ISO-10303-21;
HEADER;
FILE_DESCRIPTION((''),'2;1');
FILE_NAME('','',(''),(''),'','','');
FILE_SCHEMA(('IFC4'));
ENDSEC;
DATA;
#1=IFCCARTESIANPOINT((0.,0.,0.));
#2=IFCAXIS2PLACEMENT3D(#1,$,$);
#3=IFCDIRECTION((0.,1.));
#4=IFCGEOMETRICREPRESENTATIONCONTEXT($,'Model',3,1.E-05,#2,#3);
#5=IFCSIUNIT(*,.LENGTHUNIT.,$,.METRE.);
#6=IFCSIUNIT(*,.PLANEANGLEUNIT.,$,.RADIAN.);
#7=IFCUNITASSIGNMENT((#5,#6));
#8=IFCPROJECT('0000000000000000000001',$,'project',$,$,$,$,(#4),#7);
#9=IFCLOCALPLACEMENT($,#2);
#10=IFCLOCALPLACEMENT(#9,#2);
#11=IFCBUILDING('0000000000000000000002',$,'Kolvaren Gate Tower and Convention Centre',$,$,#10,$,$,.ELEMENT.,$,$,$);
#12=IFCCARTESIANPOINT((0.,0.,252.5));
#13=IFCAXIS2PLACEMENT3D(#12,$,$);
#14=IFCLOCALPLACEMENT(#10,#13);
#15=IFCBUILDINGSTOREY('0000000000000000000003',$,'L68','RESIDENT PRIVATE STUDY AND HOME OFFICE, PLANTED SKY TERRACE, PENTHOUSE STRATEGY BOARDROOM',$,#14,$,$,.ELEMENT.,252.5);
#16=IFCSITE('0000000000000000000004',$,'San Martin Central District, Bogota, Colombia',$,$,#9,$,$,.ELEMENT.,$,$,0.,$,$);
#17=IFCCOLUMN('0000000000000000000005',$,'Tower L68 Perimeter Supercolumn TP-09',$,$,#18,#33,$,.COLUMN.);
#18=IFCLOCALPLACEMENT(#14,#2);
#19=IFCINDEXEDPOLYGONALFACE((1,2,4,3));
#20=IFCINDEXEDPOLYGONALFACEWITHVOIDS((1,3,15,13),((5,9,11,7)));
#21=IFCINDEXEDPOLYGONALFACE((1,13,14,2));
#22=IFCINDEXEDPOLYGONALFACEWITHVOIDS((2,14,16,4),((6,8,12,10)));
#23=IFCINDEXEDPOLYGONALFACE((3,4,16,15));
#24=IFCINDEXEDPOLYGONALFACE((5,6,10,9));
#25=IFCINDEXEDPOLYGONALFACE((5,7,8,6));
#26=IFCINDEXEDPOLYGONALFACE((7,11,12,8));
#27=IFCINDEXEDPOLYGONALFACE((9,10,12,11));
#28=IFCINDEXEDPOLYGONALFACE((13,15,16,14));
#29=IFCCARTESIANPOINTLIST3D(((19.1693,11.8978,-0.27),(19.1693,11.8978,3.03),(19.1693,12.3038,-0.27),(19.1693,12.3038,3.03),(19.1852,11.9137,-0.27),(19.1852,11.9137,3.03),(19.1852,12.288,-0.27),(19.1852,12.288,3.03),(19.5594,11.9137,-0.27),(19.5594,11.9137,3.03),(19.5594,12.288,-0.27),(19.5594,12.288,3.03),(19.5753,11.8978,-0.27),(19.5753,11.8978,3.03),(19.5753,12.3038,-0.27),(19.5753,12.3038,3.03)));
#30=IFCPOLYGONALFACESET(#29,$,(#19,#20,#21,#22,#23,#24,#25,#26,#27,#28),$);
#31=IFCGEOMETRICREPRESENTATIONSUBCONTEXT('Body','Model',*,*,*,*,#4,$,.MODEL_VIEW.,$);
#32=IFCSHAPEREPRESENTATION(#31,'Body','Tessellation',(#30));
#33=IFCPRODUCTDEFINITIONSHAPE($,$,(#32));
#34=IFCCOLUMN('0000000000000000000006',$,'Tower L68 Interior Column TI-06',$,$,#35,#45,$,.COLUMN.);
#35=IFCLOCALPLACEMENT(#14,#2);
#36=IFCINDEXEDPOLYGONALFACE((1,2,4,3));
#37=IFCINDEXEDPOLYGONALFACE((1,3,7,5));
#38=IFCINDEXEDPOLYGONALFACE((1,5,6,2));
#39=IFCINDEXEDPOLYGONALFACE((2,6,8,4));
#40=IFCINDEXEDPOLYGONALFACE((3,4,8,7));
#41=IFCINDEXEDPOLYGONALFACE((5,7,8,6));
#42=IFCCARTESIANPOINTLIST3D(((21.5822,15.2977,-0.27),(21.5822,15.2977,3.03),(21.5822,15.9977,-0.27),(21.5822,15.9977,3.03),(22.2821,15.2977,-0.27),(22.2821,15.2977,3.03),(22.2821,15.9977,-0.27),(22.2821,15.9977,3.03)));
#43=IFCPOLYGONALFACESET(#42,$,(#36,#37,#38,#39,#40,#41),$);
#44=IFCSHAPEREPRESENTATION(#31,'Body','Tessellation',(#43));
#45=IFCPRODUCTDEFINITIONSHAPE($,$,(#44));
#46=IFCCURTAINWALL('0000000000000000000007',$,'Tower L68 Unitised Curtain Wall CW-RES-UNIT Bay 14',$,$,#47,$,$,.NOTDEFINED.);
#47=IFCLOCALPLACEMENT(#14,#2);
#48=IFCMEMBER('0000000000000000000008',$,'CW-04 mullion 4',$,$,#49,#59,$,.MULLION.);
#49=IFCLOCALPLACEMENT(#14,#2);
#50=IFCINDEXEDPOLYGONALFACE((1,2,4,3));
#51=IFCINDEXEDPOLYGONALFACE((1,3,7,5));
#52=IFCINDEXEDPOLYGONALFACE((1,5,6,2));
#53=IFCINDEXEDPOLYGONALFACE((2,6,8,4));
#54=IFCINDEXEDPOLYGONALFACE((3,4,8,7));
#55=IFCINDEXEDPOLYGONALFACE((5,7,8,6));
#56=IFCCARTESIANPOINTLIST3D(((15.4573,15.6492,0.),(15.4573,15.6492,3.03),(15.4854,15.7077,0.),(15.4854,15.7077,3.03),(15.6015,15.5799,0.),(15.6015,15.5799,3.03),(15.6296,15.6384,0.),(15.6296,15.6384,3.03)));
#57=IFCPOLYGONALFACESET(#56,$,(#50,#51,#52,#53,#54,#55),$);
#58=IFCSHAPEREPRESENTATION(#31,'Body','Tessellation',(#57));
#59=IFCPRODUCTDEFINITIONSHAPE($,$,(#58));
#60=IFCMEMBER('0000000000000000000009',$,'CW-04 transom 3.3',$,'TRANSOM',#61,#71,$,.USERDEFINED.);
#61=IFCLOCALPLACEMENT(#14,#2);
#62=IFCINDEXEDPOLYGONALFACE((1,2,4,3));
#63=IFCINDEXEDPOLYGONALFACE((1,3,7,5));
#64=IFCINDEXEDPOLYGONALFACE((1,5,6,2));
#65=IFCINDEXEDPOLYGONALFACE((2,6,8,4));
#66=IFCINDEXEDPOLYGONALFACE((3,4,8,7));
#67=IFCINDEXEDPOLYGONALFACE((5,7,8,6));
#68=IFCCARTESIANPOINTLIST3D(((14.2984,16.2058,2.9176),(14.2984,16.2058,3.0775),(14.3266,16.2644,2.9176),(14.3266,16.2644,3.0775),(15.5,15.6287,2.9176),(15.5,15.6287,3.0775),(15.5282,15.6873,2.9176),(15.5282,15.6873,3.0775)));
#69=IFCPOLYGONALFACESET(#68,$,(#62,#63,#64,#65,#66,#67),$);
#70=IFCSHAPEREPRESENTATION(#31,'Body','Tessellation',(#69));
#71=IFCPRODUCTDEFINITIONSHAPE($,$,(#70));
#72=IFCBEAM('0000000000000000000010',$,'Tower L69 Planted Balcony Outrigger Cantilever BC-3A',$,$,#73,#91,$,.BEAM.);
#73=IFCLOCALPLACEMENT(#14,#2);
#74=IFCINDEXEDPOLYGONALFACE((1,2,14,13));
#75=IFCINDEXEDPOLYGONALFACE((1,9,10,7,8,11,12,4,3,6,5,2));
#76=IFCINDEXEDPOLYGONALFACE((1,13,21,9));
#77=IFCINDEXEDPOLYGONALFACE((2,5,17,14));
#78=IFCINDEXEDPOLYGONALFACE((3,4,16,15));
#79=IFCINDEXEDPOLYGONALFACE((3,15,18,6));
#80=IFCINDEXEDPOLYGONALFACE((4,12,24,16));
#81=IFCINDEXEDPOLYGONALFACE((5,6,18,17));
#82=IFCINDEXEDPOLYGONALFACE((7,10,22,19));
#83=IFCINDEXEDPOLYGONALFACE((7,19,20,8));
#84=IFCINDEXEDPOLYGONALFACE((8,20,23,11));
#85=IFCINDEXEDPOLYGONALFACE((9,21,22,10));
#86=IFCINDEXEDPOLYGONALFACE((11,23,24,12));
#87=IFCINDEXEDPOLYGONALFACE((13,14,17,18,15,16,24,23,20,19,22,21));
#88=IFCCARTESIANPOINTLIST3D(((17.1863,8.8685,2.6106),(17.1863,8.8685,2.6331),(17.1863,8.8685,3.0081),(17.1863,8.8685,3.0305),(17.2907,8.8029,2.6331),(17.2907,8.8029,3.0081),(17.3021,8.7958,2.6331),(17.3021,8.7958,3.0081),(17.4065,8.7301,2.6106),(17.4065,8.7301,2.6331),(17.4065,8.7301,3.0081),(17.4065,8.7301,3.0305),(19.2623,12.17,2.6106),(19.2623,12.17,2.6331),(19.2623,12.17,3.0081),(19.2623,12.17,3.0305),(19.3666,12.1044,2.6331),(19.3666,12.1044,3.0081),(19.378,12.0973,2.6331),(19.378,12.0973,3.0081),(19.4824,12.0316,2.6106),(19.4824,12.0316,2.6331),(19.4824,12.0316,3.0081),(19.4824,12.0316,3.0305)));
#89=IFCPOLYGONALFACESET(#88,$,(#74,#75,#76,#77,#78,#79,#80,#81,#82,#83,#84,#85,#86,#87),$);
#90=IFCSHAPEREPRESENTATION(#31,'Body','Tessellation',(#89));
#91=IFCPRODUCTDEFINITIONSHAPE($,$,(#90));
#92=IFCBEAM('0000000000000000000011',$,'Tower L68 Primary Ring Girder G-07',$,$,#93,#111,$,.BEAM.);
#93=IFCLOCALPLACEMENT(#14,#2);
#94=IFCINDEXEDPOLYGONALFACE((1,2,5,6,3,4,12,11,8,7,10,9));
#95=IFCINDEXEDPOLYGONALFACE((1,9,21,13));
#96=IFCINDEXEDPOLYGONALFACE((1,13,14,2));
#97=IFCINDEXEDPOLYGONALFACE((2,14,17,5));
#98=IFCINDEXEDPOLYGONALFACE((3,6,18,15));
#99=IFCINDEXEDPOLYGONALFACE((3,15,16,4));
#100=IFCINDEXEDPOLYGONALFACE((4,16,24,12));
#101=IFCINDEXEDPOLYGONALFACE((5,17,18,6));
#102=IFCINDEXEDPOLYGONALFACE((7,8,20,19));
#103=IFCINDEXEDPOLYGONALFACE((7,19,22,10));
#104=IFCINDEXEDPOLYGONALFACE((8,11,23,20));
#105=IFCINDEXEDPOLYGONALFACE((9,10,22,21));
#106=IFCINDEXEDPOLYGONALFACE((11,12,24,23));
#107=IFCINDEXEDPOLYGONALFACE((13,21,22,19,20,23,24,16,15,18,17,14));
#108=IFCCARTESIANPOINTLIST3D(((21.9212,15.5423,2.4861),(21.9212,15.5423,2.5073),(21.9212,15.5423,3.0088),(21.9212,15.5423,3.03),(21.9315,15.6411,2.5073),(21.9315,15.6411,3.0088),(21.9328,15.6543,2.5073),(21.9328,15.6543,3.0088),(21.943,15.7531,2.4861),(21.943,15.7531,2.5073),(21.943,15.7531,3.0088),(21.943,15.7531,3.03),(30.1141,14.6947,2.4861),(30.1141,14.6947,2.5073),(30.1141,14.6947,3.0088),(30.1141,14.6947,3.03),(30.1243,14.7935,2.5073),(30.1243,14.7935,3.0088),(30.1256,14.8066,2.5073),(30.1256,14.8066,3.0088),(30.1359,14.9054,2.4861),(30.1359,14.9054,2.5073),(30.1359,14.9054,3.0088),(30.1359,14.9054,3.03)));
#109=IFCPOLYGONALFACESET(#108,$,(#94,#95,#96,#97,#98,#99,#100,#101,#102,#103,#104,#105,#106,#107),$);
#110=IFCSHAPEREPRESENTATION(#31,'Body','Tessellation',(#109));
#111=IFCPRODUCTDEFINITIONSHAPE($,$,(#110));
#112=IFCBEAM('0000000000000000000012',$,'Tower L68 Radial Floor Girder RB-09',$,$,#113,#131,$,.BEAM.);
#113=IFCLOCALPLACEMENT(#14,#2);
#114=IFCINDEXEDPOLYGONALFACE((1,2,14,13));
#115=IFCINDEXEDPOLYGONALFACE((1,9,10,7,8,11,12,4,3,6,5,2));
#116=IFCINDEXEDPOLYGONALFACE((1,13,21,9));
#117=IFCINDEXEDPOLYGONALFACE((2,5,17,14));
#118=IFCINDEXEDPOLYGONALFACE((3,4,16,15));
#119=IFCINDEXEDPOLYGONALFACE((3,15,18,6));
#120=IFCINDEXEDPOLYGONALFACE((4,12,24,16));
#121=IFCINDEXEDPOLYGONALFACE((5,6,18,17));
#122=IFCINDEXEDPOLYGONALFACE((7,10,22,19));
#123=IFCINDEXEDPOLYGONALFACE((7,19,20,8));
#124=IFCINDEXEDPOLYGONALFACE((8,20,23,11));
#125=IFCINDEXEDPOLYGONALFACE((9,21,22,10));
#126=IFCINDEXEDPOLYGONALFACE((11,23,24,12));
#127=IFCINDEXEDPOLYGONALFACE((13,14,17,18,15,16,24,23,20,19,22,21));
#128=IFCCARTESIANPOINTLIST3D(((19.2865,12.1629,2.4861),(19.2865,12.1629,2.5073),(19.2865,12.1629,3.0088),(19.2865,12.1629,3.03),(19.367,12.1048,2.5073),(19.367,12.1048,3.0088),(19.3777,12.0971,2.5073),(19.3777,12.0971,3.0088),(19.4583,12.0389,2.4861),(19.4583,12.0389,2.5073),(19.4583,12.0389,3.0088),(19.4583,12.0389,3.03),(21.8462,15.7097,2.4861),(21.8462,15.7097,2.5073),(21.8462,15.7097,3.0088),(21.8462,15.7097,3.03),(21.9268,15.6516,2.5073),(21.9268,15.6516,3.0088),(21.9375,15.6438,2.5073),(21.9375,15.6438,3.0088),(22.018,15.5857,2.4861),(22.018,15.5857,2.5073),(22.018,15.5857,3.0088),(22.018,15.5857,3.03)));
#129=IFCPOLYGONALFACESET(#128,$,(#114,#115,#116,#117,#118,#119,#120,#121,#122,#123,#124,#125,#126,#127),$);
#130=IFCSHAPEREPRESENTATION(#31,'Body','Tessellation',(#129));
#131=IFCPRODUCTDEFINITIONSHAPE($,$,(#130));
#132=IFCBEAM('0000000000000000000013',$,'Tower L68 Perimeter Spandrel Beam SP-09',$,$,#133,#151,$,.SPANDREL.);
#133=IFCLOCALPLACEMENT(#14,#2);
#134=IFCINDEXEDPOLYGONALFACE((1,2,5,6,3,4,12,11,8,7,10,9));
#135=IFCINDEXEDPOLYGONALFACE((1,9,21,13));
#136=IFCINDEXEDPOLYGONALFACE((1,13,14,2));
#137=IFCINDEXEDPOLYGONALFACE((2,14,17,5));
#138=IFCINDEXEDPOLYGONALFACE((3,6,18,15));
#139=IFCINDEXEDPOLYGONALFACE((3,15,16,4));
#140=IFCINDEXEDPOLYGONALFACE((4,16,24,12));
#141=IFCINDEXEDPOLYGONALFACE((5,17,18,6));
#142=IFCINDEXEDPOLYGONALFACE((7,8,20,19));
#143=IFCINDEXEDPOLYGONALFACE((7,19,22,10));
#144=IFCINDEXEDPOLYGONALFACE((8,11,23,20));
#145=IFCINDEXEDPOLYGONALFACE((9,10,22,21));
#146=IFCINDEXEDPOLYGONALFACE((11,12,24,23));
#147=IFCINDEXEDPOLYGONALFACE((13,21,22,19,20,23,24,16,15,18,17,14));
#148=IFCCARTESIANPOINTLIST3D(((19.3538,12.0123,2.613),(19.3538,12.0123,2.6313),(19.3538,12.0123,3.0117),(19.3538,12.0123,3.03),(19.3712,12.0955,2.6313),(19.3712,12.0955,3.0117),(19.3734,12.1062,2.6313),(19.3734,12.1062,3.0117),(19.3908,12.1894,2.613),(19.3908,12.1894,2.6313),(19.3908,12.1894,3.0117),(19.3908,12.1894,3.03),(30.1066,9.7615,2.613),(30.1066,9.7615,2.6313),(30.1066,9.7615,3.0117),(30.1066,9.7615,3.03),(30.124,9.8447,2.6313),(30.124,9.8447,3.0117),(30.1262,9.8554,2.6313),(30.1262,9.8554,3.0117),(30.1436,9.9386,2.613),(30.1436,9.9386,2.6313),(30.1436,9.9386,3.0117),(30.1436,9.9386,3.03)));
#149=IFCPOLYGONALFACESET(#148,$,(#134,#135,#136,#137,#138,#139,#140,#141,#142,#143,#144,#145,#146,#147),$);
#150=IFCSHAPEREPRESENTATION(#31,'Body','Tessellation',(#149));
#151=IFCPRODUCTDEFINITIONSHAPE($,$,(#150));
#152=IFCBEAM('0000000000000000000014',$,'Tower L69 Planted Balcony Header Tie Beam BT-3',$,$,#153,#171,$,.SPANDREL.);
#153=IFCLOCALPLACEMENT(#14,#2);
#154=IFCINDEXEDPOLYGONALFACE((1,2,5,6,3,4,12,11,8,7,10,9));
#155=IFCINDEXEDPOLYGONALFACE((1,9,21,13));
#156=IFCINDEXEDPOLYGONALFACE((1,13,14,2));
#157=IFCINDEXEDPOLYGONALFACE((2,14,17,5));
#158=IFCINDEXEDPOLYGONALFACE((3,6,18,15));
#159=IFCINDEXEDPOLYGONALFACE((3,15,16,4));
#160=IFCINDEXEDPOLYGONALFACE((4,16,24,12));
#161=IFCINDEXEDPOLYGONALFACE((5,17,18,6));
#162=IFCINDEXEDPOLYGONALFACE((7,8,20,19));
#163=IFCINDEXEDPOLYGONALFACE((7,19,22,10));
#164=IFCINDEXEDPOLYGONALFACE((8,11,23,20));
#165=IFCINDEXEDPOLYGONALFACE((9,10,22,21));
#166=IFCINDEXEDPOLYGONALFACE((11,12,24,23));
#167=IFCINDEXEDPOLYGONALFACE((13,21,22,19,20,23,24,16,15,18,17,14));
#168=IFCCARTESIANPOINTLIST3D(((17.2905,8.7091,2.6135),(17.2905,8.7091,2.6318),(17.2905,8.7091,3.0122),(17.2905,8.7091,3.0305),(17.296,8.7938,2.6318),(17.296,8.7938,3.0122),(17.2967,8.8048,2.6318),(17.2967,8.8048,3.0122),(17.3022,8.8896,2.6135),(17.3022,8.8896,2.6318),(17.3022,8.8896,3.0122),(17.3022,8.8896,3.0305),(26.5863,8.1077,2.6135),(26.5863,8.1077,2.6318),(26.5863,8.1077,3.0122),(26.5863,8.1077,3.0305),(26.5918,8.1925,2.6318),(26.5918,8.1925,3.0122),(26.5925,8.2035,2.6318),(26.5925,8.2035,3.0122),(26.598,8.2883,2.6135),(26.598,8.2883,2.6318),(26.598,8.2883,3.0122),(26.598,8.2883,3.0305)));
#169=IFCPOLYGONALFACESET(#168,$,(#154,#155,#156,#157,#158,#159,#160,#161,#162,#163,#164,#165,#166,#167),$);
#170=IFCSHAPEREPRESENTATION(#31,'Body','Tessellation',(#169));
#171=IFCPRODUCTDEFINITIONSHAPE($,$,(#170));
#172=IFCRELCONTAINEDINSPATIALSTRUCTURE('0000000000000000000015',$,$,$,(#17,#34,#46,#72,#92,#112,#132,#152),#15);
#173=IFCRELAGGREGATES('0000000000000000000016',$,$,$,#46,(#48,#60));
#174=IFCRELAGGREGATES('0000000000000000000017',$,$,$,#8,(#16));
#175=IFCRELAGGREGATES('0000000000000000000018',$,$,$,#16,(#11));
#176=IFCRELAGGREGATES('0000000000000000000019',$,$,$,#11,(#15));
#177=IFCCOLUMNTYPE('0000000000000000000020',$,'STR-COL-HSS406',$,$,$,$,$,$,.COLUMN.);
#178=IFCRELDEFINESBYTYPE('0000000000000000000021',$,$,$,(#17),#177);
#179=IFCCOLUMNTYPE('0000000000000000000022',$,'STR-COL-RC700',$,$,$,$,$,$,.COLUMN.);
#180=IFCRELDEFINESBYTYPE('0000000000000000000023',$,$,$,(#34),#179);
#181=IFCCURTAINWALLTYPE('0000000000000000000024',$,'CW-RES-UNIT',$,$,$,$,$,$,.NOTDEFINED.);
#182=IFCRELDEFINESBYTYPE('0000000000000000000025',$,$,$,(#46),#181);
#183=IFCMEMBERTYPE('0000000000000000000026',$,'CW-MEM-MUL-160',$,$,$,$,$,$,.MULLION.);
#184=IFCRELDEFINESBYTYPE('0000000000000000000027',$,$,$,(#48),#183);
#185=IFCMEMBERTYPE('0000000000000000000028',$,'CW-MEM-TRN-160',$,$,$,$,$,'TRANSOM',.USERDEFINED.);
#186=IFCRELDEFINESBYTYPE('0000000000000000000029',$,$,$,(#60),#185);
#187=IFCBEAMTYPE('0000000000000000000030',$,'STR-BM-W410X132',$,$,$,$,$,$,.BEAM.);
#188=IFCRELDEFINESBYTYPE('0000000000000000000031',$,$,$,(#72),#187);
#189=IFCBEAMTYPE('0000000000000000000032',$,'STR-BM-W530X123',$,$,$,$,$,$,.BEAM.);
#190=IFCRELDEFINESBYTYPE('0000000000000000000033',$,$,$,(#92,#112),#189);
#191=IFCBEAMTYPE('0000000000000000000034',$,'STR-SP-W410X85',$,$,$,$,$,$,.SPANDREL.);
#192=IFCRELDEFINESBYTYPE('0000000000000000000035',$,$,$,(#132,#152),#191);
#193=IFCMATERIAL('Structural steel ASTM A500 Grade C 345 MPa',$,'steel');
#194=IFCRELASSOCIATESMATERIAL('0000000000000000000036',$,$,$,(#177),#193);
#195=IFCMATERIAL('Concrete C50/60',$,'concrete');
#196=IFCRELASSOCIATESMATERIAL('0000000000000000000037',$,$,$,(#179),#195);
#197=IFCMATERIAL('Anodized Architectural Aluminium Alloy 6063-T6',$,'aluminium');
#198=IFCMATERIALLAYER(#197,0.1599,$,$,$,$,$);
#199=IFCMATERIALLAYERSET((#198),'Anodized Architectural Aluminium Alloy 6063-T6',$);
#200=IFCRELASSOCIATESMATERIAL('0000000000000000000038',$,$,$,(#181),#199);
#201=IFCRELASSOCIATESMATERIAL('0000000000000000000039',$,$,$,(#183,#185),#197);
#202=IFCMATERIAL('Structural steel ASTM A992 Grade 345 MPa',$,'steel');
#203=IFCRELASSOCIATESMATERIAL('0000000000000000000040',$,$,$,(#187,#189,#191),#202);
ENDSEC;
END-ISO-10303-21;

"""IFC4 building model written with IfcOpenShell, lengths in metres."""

from ifc_helpers import new_model, si_unit, direction, frame, origin, origin_2d, place, context, subcontext, project, spatial, rectangle, hollow_rectangle, i_section, extrude, material, layer, layer_set, material_profile, profile_set, type_object, element, aggregate, save


model = new_model("IFC4")

# Units and contexts
model_context = context("Model", 3, precision=1e-05, world=origin(), true_north=direction((0.0, 1.0)))
body_context = subcontext(model_context, "Body", "Model", "MODEL_VIEW")
ifc_project = project(units=[si_unit("LENGTHUNIT", "METRE"), si_unit("PLANEANGLEUNIT", "RADIAN")], contexts=[model_context])

# Site, building, storey
site_placement = place(None, origin())
site = spatial("IfcSite", under=ifc_project, at=site_placement, Name="San Martin Central District, Bogota, Colombia", CompositionType="ELEMENT", RefElevation=0.0)
building_placement = place(site_placement, origin())
building = spatial("IfcBuilding", under=site, at=building_placement, Name="Kolvaren Gate Tower and Convention Centre", CompositionType="ELEMENT")
storey_placement = place(building_placement, frame((0.0, 0.0, 252.5)))
storey = spatial("IfcBuildingStorey", under=building, at=storey_placement, Name="L68", Description="RESIDENT PRIVATE STUDY AND HOME OFFICE, PLANTED SKY TERRACE, PENTHOUSE STRATEGY BOARDROOM", CompositionType="ELEMENT", Elevation=252.5)

# Columns
ifc_material_1 = material(Name="Structural steel ASTM A500 Grade C 345 MPa", Category="steel")
ifc_material_profile_1 = material_profile(ifc_material_1, hollow_rectangle(XDim=0.406, YDim=0.406, WallThickness=0.0159, at=origin_2d()), Name="HSS406X406X15.9")
ifc_profile_set_1 = profile_set([ifc_material_profile_1], Name="Structural steel ASTM A500 Grade C 345 MPa")
column_type_1 = type_object("IfcColumnType", Name="STR-COL-HSS406", PredefinedType="COLUMN", material=ifc_profile_set_1)
column_1_placement = place(storey_placement, frame((19.3723, 12.1008, -0.27), z_axis=(0.0, 0.0, 1.0), x_axis=(1.0, 0.0, 0.0)))
element("IfcColumn", 1, at=column_1_placement, inside=storey, type_object=column_type_1, Name="Tower L68 Perimeter Supercolumn TP-09", PredefinedType="COLUMN", context=body_context, shape_type="SweptSolid", body=[
    extrude(hollow_rectangle(XDim=0.406, YDim=0.406, WallThickness=0.0159, at=origin_2d()), origin(), (0.0, 0.0, 1.0), 3.3),
])
ifc_material_2 = material(Name="Concrete C50/60", Category="concrete")
ifc_material_profile_2 = material_profile(ifc_material_2, rectangle(XDim=0.7, YDim=0.7, at=origin_2d()), Name="RC-COL-700X700")
ifc_profile_set_2 = profile_set([ifc_material_profile_2], Name="Concrete C50/60")
column_type_2 = type_object("IfcColumnType", Name="STR-COL-RC700", PredefinedType="COLUMN", material=ifc_profile_set_2)
column_2_placement = place(storey_placement, frame((21.9321, 15.6477, -0.27), z_axis=(0.0, 0.0, 1.0), x_axis=(1.0, 0.0, 0.0)))
element("IfcColumn", 2, at=column_2_placement, inside=storey, type_object=column_type_2, Name="Tower L68 Interior Column TI-06", PredefinedType="COLUMN", context=body_context, shape_type="SweptSolid", body=[
    extrude(rectangle(XDim=0.7, YDim=0.7, at=origin_2d()), origin(), (0.0, 0.0, 1.0), 3.3),
])

# Curtain wall, members
ifc_material_3 = material(Name="Anodized Architectural Aluminium Alloy 6063-T6", Category="aluminium")
ifc_layer_1 = layer(ifc_material_3, 0.1599)
ifc_layer_set_1 = layer_set([ifc_layer_1], Name="Anodized Architectural Aluminium Alloy 6063-T6")
curtain_wall_type = type_object("IfcCurtainWallType", Name="CW-RES-UNIT", PredefinedType="NOTDEFINED", material=ifc_layer_set_1)
curtain_wall_placement = place(storey_placement, origin())
curtain_wall = element("IfcCurtainWall", 3, at=curtain_wall_placement, inside=storey, type_object=curtain_wall_type, Name="Tower L68 Unitised Curtain Wall CW-RES-UNIT Bay 14", PredefinedType="NOTDEFINED")
ifc_material_profile_3 = material_profile(ifc_material_3, rectangle(XDim=0.0649, YDim=0.1599, at=origin_2d()), Name="CW-MEM-MUL-160")
ifc_profile_set_3 = profile_set([ifc_material_profile_3], Name="Anodized Architectural Aluminium Alloy 6063-T6")
member_type_1 = type_object("IfcMemberType", Name="CW-MEM-MUL-160", PredefinedType="MULLION", material=ifc_profile_set_3)
member_1_placement = place(storey_placement, frame((15.5435, 15.6438, 0.0), z_axis=(0.0, 0.0, 1.0), x_axis=(0.433067, 0.901362, 0.0)))
member_1 = element("IfcMember", 4, at=member_1_placement, type_object=member_type_1, Name="CW-04 mullion 4", PredefinedType="MULLION", context=body_context, shape_type="SweptSolid", body=[
    extrude(rectangle(XDim=0.0649, YDim=0.1599, at=origin_2d()), origin(), (0.0, 0.0, 1.0), 3.03),
])
ifc_material_profile_4 = material_profile(ifc_material_3, rectangle(XDim=0.0649, YDim=0.1599, at=origin_2d()), Name="CW-MEM-TRN-160")
ifc_profile_set_4 = profile_set([ifc_material_profile_4], Name="Anodized Architectural Aluminium Alloy 6063-T6")
member_type_2 = type_object("IfcMemberType", Name="CW-MEM-TRN-160", ElementType="TRANSOM", PredefinedType="USERDEFINED", material=ifc_profile_set_4)
member_2_placement = place(storey_placement, frame((14.3125, 16.2351, 2.9976), z_axis=(0.90142, -0.432945, 0.0), x_axis=(0.432945, 0.90142, 0.0)))
member_2 = element("IfcMember", 5, at=member_2_placement, type_object=member_type_2, Name="CW-04 transom 3.3", ObjectType="TRANSOM", PredefinedType="USERDEFINED", context=body_context, shape_type="SweptSolid", body=[
    extrude(rectangle(XDim=0.0649, YDim=0.1599, at=origin_2d()), origin(), (0.0, 0.0, 1.0), 1.333),
])

# Beams
ifc_material_4 = material(Name="Structural steel ASTM A992 Grade 345 MPa", Category="steel")
ifc_material_profile_5 = material_profile(ifc_material_4, i_section(OverallWidth=0.26, OverallDepth=0.4199, WebThickness=0.0134, FlangeThickness=0.0225, at=origin_2d()), Name="W410X132")
ifc_profile_set_5 = profile_set([ifc_material_profile_5], Name="Structural steel ASTM A992 Grade 345 MPa")
beam_type_1 = type_object("IfcBeamType", Name="STR-BM-W410X132", PredefinedType="BEAM", material=ifc_profile_set_5)
beam_1_placement = place(storey_placement, frame((19.3723, 12.1008, 2.8206), z_axis=(-0.532298, -0.846557, 0.0), x_axis=(0.846557, -0.532298, 0.0)))
element("IfcBeam", 6, at=beam_1_placement, inside=storey, type_object=beam_type_1, Name="Tower L69 Planted Balcony Outrigger Cantilever BC-3A", PredefinedType="BEAM", context=body_context, shape_type="SweptSolid", body=[
    extrude(i_section(OverallWidth=0.26, OverallDepth=0.4199, WebThickness=0.0134, FlangeThickness=0.0225, at=origin_2d()), origin(), (0.0, 0.0, 1.0), 3.8999),
])
ifc_material_profile_6 = material_profile(ifc_material_4, i_section(OverallWidth=0.2119, OverallDepth=0.5439, WebThickness=0.0132, FlangeThickness=0.0212, at=origin_2d()), Name="W530X123")
ifc_profile_set_6 = profile_set([ifc_material_profile_6], Name="Structural steel ASTM A992 Grade 345 MPa")
beam_type_2 = type_object("IfcBeamType", Name="STR-BM-W530X123", PredefinedType="BEAM", material=ifc_profile_set_6)
beam_2_placement = place(storey_placement, frame((21.9321, 15.6477, 2.7581), z_axis=(0.99469, -0.102913, 0.0), x_axis=(0.102913, 0.99469, 0.0)))
element("IfcBeam", 7, at=beam_2_placement, inside=storey, type_object=beam_type_2, Name="Tower L68 Primary Ring Girder G-07", PredefinedType="BEAM", context=body_context, shape_type="SweptSolid", body=[
    extrude(i_section(OverallWidth=0.2119, OverallDepth=0.5439, WebThickness=0.0132, FlangeThickness=0.0212, at=origin_2d()), origin(), (0.0, 0.0, 1.0), 8.2366),
])
beam_3_placement = place(storey_placement, frame((21.9321, 15.6477, 2.7581), z_axis=(-0.585217, -0.810876, 0.0), x_axis=(0.810876, -0.585217, 0.0)))
element("IfcBeam", 8, at=beam_3_placement, inside=storey, type_object=beam_type_2, Name="Tower L68 Radial Floor Girder RB-09", PredefinedType="BEAM", context=body_context, shape_type="SweptSolid", body=[
    extrude(i_section(OverallWidth=0.2119, OverallDepth=0.5439, WebThickness=0.0132, FlangeThickness=0.0212, at=origin_2d()), origin(), (0.0, 0.0, 1.0), 4.374),
])
ifc_material_profile_7 = material_profile(ifc_material_4, i_section(OverallWidth=0.1809, OverallDepth=0.417, WebThickness=0.011, FlangeThickness=0.0183, at=origin_2d()), Name="W410X85")
ifc_profile_set_7 = profile_set([ifc_material_profile_7], Name="Structural steel ASTM A992 Grade 345 MPa")
beam_type_3 = type_object("IfcBeamType", Name="STR-SP-W410X85", PredefinedType="SPANDREL", material=ifc_profile_set_7)
beam_4_placement = place(storey_placement, frame((19.3723, 12.1008, 2.8215), z_axis=(0.978788, -0.204878, 0.0), x_axis=(0.204878, 0.978788, 0.0)))
element("IfcBeam", 9, at=beam_4_placement, inside=storey, type_object=beam_type_3, Name="Tower L68 Perimeter Spandrel Beam SP-09", PredefinedType="SPANDREL", context=body_context, shape_type="SweptSolid", body=[
    extrude(i_section(OverallWidth=0.1809, OverallDepth=0.417, WebThickness=0.011, FlangeThickness=0.0183, at=origin_2d()), origin(), (0.0, 0.0, 1.0), 10.9858),
])
beam_5_placement = place(storey_placement, frame((17.2964, 8.7993, 2.822), z_axis=(0.997914, -0.064553, 0.0), x_axis=(0.064553, 0.997914, 0.0)))
element("IfcBeam", 10, at=beam_5_placement, inside=storey, type_object=beam_type_3, Name="Tower L69 Planted Balcony Header Tie Beam BT-3", PredefinedType="SPANDREL", context=body_context, shape_type="SweptSolid", body=[
    extrude(i_section(OverallWidth=0.1809, OverallDepth=0.417, WebThickness=0.011, FlangeThickness=0.0183, at=origin_2d()), origin(), (0.0, 0.0, 1.0), 9.3152),
])

aggregate(curtain_wall, [member_1, member_2])

save(model, "model.ifc")
